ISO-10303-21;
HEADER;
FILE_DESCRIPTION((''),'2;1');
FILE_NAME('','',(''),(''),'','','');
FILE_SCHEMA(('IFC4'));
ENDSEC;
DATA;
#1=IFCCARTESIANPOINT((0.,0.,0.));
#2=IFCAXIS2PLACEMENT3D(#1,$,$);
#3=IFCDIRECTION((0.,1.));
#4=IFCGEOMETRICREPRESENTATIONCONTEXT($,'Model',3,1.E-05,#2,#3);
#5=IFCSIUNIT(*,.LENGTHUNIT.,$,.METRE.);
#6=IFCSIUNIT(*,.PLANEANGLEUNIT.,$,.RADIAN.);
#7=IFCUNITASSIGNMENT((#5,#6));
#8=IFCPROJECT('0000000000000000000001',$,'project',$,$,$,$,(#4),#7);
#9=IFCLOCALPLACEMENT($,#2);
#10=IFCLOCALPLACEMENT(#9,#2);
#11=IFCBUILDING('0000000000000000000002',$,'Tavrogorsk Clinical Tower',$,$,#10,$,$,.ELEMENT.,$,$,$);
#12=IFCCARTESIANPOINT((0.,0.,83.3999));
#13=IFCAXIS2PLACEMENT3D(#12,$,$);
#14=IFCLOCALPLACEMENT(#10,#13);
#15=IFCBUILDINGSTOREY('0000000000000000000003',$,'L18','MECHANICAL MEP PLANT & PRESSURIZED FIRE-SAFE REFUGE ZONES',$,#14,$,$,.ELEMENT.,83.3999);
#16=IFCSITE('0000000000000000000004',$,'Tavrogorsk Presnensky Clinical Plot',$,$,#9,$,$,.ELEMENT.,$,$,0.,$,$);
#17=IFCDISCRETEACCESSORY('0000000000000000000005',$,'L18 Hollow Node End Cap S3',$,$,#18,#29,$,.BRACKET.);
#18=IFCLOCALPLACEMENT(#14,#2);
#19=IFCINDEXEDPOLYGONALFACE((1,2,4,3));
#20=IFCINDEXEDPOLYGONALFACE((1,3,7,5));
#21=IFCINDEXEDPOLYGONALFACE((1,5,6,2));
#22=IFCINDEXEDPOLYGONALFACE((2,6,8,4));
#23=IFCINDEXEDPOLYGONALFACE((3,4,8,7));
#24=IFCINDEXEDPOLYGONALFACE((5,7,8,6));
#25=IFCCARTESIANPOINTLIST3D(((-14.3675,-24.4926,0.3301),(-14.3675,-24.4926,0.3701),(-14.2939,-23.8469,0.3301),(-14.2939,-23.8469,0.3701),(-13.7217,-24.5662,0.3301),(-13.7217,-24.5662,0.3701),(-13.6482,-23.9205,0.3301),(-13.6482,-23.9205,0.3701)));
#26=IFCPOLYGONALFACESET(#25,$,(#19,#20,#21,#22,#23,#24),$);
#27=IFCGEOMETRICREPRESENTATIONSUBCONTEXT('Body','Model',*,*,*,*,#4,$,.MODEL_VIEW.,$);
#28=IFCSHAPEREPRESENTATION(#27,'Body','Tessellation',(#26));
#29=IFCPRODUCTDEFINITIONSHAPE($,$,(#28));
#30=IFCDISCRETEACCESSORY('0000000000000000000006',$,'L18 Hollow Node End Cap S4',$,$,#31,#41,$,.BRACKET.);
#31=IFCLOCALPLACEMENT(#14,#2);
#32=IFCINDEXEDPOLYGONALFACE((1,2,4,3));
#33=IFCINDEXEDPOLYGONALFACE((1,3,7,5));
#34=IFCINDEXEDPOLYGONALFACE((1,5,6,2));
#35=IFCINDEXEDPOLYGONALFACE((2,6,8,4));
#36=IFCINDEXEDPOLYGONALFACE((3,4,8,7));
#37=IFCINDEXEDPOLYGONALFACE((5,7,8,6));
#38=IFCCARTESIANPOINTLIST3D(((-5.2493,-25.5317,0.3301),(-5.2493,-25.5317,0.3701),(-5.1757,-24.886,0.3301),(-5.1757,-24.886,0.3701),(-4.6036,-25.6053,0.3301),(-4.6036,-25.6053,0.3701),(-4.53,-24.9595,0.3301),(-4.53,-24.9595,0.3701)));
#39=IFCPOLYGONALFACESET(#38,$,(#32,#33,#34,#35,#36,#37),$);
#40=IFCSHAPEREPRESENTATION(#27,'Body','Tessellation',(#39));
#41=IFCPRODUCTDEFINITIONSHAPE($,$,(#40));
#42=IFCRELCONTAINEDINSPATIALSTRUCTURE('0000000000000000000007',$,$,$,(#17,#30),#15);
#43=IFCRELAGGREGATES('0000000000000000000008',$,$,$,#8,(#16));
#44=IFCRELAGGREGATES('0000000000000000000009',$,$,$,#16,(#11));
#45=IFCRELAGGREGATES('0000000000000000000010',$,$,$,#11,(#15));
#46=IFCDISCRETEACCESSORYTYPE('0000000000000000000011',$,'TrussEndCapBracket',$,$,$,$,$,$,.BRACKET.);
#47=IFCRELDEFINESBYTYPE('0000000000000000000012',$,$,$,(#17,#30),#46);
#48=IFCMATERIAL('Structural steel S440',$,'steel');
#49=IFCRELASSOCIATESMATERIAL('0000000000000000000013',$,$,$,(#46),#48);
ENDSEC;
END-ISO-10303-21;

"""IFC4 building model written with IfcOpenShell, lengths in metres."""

from ifc_helpers import new_model, si_unit, direction, frame, origin, origin_2d, place, context, subcontext, project, spatial, rectangle, extrude, material, type_object, element, save


model = new_model("IFC4")

# Units and contexts
model_context = context("Model", 3, precision=1e-05, world=origin(), true_north=direction((0.0, 1.0)))
body_context = subcontext(model_context, "Body", "Model", "MODEL_VIEW")
ifc_project = project(units=[si_unit("LENGTHUNIT", "METRE"), si_unit("PLANEANGLEUNIT", "RADIAN")], contexts=[model_context])

# Site, building, storey
site_placement = place(None, origin())
site = spatial("IfcSite", under=ifc_project, at=site_placement, Name="Tavrogorsk Presnensky Clinical Plot", CompositionType="ELEMENT", RefElevation=0.0)
building_placement = place(site_placement, origin())
building = spatial("IfcBuilding", under=site, at=building_placement, Name="Tavrogorsk Clinical Tower", CompositionType="ELEMENT")
storey_placement = place(building_placement, frame((0.0, 0.0, 83.3999)))
storey = spatial("IfcBuildingStorey", under=building, at=storey_placement, Name="L18", Description="MECHANICAL MEP PLANT & PRESSURIZED FIRE-SAFE REFUGE ZONES", CompositionType="ELEMENT", Elevation=83.3999)

# Discrete accessories
ifc_material_1 = material(Name="Structural steel S440", Category="steel")
discrete_accessory_type_1 = type_object("IfcDiscreteAccessoryType", Name="TrussEndCapBracket", PredefinedType="BRACKET", material=ifc_material_1)
for number, where, z_axis, x_axis, name in (
    (1, (-14.0078, -24.2065, 0.3301), (0.0, 0.0, 1.0), (0.993572, -0.113203, 0.0), "L18 Hollow Node End Cap S3"),
    (2, (-4.8896, -25.2456, 0.3301), (0.0, 0.0, 1.0), (0.993572, -0.113203, 0.0), "L18 Hollow Node End Cap S4"),
):
    element("IfcDiscreteAccessory", number, at=place(storey_placement, frame(where, z_axis=z_axis, x_axis=x_axis)), inside=storey, type_object=discrete_accessory_type_1, Name=name, PredefinedType="BRACKET", context=body_context, shape_type="SweptSolid", body=[
        extrude(rectangle(XDim=0.6499, YDim=0.6499, at=origin_2d()), origin(), (0.0, 0.0, 1.0), 0.04),
    ])

save(model, "model.ifc")
